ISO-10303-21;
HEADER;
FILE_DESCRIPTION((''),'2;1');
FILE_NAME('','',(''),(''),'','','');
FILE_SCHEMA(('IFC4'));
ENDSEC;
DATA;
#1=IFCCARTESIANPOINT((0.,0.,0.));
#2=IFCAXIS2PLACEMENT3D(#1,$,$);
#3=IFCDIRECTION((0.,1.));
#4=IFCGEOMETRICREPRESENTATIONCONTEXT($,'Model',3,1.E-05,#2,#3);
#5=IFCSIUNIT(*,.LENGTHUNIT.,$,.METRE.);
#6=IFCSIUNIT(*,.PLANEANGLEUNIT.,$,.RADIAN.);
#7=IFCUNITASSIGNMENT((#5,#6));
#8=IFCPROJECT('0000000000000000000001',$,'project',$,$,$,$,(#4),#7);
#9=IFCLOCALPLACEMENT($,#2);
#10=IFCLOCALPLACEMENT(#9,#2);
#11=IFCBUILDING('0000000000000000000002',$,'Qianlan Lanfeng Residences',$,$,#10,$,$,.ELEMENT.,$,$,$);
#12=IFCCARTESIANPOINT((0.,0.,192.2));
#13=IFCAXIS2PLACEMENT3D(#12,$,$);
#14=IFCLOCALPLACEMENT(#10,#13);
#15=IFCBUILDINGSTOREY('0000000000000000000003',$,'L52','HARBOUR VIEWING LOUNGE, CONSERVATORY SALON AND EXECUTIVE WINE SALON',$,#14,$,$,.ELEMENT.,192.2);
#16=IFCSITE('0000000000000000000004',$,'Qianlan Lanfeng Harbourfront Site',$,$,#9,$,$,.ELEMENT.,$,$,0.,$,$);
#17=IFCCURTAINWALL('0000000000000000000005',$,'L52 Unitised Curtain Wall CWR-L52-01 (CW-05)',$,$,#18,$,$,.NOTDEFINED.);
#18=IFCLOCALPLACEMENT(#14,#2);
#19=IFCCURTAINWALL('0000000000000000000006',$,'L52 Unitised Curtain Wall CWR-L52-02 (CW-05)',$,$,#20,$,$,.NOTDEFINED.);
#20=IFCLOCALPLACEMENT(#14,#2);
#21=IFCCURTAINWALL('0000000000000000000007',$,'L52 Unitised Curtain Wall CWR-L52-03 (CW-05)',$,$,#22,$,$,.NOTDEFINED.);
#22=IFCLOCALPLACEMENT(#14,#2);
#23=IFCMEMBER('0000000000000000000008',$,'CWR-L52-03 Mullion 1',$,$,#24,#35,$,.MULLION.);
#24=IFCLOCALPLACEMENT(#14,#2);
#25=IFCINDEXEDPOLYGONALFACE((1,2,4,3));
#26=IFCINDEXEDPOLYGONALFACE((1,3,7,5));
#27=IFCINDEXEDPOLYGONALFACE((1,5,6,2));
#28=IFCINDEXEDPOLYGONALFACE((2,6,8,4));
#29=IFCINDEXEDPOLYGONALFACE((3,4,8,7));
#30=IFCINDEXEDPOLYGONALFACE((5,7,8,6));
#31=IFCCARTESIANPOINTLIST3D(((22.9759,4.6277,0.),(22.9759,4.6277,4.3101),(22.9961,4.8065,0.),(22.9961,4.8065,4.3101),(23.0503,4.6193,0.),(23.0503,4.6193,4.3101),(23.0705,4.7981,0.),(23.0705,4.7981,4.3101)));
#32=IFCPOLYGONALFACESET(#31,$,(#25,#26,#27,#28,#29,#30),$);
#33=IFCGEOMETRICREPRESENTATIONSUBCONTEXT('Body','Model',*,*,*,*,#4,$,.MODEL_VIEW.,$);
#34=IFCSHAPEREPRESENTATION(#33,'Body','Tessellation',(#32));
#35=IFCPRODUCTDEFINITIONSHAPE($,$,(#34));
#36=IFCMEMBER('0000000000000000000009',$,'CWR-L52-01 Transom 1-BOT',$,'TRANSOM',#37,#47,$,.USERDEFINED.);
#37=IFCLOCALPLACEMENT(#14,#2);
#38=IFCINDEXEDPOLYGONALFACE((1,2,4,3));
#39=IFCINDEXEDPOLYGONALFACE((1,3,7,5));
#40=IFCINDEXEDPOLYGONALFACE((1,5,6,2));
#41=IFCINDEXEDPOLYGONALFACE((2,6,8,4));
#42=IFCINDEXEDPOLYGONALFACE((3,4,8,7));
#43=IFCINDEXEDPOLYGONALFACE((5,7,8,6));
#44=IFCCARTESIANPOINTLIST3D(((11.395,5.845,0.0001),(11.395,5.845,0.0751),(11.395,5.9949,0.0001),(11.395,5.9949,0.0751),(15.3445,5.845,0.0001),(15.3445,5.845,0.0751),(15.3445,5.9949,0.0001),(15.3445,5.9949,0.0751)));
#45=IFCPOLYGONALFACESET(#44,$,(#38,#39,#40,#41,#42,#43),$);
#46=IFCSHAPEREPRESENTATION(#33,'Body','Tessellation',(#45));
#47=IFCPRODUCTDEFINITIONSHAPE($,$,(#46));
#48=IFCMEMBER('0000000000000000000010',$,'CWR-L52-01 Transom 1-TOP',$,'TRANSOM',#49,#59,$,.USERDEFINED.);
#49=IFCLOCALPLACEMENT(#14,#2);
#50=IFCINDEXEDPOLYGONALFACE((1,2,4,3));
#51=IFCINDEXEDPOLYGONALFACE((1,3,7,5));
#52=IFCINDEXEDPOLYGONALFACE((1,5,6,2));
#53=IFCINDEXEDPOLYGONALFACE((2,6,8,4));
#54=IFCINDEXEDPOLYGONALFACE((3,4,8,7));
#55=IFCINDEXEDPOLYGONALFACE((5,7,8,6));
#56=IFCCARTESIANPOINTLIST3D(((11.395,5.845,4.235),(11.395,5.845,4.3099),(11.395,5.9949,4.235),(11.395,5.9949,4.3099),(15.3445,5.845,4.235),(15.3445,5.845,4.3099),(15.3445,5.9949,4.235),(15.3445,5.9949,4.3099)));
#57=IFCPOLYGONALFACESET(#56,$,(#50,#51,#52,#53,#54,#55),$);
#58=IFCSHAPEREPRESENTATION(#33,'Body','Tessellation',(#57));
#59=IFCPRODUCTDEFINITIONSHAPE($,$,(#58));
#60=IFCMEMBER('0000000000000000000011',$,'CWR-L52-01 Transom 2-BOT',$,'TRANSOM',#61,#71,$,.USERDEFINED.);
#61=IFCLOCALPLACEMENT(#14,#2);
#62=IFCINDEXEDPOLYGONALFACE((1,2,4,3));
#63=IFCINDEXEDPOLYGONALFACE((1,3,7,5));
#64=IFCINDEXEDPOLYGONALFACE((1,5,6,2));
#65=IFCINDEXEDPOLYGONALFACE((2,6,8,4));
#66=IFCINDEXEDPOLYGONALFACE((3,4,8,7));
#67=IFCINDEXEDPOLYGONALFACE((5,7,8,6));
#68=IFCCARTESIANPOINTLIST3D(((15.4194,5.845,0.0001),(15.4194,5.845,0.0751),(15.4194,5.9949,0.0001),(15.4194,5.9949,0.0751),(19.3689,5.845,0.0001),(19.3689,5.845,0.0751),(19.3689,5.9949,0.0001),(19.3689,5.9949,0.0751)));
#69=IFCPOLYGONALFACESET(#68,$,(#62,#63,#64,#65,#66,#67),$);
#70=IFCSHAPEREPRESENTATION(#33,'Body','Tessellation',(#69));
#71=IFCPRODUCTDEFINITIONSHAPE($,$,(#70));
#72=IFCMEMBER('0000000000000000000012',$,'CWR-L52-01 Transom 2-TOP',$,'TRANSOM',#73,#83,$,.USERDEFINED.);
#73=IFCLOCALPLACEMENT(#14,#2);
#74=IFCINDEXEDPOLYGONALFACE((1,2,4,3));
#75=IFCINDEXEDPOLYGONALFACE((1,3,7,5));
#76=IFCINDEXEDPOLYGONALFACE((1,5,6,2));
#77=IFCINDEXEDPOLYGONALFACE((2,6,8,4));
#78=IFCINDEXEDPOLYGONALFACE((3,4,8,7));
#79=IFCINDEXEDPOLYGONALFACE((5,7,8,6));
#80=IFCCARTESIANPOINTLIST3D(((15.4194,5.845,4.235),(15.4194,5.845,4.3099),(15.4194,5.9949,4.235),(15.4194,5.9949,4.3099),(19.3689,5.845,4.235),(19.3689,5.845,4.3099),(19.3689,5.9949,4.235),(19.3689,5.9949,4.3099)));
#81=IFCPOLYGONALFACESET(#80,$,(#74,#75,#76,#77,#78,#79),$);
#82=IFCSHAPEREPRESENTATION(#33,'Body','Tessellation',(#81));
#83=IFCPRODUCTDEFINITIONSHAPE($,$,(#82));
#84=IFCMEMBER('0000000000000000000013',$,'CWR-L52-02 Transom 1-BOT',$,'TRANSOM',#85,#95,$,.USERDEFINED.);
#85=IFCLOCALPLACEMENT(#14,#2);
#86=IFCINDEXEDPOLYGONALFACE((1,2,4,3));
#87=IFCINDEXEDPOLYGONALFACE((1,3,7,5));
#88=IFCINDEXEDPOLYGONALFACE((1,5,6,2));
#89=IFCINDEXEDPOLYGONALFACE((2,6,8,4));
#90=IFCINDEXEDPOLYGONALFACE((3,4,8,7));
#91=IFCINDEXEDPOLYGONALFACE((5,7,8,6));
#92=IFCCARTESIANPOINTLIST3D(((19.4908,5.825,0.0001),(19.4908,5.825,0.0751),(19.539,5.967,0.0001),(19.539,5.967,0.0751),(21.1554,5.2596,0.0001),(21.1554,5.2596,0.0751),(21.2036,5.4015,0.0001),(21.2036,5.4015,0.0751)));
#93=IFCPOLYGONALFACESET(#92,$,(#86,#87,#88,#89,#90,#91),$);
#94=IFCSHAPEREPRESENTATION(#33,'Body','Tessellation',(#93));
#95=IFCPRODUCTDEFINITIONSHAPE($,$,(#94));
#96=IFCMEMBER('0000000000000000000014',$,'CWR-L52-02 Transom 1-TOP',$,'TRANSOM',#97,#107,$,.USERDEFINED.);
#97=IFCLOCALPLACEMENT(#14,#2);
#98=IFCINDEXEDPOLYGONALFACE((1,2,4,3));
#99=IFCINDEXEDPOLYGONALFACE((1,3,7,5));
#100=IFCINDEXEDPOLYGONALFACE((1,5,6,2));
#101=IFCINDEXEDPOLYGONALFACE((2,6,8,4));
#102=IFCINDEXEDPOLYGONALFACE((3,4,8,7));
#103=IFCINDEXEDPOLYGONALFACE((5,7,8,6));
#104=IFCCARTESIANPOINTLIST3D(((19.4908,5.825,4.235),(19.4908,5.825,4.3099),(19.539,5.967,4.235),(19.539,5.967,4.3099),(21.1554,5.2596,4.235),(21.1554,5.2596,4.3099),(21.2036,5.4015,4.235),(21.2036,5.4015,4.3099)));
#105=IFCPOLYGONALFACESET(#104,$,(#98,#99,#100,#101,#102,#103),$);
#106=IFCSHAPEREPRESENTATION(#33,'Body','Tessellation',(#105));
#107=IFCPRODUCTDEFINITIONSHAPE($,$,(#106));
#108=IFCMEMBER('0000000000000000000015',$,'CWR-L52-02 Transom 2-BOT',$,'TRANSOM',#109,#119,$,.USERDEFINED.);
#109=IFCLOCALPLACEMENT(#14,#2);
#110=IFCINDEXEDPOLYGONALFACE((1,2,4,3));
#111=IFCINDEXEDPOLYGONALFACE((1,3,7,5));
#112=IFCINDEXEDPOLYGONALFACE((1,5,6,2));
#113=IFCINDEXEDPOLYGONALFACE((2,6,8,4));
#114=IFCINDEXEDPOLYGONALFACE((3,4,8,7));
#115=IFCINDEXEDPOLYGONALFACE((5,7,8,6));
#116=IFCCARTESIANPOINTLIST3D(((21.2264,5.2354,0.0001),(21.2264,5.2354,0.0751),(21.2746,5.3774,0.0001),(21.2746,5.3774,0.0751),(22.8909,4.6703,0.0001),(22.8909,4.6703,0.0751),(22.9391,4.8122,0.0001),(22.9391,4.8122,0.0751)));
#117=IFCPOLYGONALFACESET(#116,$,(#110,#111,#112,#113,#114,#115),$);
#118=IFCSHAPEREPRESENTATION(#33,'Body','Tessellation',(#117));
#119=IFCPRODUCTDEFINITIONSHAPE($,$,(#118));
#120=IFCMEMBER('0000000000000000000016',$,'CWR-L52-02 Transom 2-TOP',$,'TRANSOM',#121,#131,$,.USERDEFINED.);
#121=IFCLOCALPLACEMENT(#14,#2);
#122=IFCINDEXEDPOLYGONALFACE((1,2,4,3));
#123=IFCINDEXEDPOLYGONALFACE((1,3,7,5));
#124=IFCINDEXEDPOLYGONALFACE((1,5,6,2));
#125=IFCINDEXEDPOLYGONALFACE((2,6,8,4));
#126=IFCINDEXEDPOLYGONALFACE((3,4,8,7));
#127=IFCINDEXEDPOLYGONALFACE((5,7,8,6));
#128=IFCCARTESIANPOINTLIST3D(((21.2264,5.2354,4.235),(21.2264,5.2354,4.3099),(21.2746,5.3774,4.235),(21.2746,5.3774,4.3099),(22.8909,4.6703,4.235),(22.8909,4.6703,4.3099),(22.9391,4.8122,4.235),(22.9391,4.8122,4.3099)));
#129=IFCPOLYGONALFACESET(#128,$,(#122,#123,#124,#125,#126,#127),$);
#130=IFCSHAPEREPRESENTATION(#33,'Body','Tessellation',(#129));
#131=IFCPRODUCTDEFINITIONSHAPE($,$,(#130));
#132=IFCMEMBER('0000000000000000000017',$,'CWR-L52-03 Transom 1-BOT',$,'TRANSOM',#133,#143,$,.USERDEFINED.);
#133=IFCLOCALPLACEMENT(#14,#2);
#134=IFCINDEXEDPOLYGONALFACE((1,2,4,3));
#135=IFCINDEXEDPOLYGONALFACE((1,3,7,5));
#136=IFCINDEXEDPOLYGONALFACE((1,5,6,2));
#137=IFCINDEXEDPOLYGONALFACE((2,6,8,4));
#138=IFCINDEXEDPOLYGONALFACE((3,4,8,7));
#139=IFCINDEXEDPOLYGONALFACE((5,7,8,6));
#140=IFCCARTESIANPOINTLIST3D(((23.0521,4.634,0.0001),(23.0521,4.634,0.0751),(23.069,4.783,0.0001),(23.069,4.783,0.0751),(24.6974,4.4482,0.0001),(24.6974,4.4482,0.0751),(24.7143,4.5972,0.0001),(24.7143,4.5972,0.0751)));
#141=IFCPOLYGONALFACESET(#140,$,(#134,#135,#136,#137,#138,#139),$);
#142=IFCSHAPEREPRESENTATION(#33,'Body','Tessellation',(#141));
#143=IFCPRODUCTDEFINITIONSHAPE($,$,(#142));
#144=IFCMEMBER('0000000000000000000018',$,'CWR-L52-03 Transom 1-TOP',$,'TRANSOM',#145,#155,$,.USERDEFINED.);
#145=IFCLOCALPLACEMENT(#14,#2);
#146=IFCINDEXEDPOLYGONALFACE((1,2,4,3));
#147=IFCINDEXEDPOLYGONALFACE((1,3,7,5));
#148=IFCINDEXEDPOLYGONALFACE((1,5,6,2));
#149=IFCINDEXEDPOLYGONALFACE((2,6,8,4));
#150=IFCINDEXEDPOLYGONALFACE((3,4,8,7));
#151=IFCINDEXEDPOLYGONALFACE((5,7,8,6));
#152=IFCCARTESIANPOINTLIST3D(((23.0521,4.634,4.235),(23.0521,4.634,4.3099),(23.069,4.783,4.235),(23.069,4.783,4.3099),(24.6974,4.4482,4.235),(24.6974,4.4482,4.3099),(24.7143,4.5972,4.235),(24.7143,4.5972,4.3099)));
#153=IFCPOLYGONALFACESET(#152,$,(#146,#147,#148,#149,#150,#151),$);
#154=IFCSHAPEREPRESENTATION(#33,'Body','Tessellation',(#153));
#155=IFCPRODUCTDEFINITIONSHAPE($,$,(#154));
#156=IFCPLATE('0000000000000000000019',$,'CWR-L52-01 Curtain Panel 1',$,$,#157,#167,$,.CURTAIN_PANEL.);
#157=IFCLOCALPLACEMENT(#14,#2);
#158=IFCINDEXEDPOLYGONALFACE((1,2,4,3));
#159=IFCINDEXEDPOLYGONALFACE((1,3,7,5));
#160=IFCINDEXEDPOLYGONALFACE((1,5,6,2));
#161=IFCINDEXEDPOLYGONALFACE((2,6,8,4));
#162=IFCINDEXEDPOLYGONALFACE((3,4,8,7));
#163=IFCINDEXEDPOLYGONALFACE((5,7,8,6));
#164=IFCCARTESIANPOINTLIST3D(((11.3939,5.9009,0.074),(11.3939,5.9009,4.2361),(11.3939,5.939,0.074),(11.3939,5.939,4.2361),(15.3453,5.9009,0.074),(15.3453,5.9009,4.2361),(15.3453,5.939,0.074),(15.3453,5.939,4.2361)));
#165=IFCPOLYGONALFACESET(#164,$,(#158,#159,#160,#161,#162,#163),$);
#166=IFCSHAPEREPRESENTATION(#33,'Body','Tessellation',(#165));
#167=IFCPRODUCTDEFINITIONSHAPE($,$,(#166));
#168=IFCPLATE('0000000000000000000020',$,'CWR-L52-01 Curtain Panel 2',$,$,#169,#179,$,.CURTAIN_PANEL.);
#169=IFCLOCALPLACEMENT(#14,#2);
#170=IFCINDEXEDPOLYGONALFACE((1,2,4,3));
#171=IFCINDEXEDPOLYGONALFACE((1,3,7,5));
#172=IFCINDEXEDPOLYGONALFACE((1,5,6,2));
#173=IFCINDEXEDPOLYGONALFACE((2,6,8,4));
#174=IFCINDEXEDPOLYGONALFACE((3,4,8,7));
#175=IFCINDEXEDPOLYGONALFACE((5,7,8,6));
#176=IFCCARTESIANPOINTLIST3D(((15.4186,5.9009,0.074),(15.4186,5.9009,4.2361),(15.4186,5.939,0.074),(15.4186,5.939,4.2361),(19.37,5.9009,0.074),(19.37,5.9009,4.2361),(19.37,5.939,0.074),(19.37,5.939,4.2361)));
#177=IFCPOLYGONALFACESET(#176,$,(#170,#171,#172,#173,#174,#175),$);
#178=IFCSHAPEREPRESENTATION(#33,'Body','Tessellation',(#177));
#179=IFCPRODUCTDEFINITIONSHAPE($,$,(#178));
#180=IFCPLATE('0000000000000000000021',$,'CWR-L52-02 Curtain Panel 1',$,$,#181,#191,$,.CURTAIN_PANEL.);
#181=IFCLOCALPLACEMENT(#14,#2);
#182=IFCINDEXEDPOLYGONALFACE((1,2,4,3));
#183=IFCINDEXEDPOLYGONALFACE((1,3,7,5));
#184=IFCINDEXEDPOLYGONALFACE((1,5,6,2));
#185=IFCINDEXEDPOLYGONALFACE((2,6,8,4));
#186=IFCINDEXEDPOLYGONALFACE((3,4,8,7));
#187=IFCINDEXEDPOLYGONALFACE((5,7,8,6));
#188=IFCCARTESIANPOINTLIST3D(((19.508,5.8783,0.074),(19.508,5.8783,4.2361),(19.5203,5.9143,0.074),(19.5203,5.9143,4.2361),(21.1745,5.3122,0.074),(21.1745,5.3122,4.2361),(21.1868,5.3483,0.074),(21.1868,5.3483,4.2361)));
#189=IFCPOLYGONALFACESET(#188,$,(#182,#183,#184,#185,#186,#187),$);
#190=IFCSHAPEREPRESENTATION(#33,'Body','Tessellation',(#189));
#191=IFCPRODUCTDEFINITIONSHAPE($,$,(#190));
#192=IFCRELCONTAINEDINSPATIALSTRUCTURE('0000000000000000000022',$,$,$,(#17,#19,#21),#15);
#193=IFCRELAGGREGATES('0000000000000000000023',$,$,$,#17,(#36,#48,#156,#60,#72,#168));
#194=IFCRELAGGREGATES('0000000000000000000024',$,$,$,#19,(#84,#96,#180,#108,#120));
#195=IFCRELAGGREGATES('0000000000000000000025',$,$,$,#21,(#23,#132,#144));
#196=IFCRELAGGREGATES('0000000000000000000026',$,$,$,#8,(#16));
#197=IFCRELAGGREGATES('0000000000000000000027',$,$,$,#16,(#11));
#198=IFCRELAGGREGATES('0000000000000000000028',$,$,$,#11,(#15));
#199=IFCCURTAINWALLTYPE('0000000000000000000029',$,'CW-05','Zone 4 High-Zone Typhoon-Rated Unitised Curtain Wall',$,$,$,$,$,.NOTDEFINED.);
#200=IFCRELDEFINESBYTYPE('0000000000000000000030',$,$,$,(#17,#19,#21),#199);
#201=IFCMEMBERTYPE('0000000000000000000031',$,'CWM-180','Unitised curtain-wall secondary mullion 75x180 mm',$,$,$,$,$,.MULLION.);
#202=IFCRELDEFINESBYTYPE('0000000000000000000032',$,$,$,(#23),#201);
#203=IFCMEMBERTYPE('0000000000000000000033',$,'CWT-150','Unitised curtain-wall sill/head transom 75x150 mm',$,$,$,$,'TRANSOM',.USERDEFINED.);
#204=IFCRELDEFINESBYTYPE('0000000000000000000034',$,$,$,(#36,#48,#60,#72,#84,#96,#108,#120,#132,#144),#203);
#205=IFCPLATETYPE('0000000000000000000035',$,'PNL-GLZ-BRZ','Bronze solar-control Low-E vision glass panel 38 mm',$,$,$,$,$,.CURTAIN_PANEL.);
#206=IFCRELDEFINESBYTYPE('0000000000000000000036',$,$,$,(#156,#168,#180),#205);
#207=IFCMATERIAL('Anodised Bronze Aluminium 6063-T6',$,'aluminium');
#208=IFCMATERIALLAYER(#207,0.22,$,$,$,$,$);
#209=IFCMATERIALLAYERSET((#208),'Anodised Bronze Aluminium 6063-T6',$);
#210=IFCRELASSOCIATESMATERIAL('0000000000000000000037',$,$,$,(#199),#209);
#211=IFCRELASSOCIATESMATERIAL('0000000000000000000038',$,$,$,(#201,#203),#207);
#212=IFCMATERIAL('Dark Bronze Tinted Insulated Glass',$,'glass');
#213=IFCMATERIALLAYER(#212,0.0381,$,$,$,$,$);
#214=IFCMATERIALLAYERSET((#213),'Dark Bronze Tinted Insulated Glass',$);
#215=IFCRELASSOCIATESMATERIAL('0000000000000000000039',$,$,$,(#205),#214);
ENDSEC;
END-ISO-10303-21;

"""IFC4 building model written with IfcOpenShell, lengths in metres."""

from ifc_helpers import new_model, si_unit, direction, frame, origin, origin_2d, place, context, subcontext, project, spatial, rectangle, extrude, source, transform, mapped, material, layer, layer_set, material_profile, profile_set, type_object, element, aggregate, save


model = new_model("IFC4")

# Units and contexts
model_context = context("Model", 3, precision=1e-05, world=origin(), true_north=direction((0.0, 1.0)))
body_context = subcontext(model_context, "Body", "Model", "MODEL_VIEW")
ifc_project = project(units=[si_unit("LENGTHUNIT", "METRE"), si_unit("PLANEANGLEUNIT", "RADIAN")], contexts=[model_context])

# Site, building, storey
site_placement = place(None, origin())
site = spatial("IfcSite", under=ifc_project, at=site_placement, Name="Qianlan Lanfeng Harbourfront Site", CompositionType="ELEMENT", RefElevation=0.0)
building_placement = place(site_placement, origin())
building = spatial("IfcBuilding", under=site, at=building_placement, Name="Qianlan Lanfeng Residences", CompositionType="ELEMENT")
storey_placement = place(building_placement, frame((0.0, 0.0, 192.2)))
storey = spatial("IfcBuildingStorey", under=building, at=storey_placement, Name="L52", Description="HARBOUR VIEWING LOUNGE, CONSERVATORY SALON AND EXECUTIVE WINE SALON", CompositionType="ELEMENT", Elevation=192.2)

# Curtain walls
ifc_material_1 = material(Name="Anodised Bronze Aluminium 6063-T6", Category="aluminium")
ifc_layer_1 = layer(ifc_material_1, 0.22)
ifc_layer_set_1 = layer_set([ifc_layer_1], Name="Anodised Bronze Aluminium 6063-T6")
curtain_wall_type = type_object("IfcCurtainWallType", Name="CW-05", Description="Zone 4 High-Zone Typhoon-Rated Unitised Curtain Wall", PredefinedType="NOTDEFINED", material=ifc_layer_set_1)
curtain_wall_1_placement = place(storey_placement, origin())
curtain_wall_1 = element("IfcCurtainWall", 1, at=curtain_wall_1_placement, inside=storey, type_object=curtain_wall_type, Name="L52 Unitised Curtain Wall CWR-L52-01 (CW-05)", PredefinedType="NOTDEFINED")
ifc_material_profile_1 = material_profile(ifc_material_1, rectangle(XDim=0.075, YDim=0.1799, at=origin_2d()), Name="ALU MULLION 75x180")
ifc_profile_set_1 = profile_set([ifc_material_profile_1], Name="Anodised Bronze Aluminium 6063-T6")
member_type_1 = type_object("IfcMemberType", Name="CWM-180", Description="Unitised curtain-wall secondary mullion 75x180 mm", PredefinedType="MULLION", material=ifc_profile_set_1)
shared_shape_1 = source(origin(), body_context, "Body", "SweptSolid", [
    extrude(rectangle(XDim=0.075, YDim=0.1799, at=origin_2d()), origin(), (0.0, 0.0, 1.0), 4.3101),
])
curtain_wall_2_placement = place(storey_placement, origin())
curtain_wall_2 = element("IfcCurtainWall", 2, at=curtain_wall_2_placement, inside=storey, type_object=curtain_wall_type, Name="L52 Unitised Curtain Wall CWR-L52-02 (CW-05)", PredefinedType="NOTDEFINED")

# Curtain wall, member
curtain_wall_3_placement = place(storey_placement, origin())
curtain_wall_3 = element("IfcCurtainWall", 3, at=curtain_wall_3_placement, inside=storey, type_object=curtain_wall_type, Name="L52 Unitised Curtain Wall CWR-L52-03 (CW-05)", PredefinedType="NOTDEFINED")
member_1_placement = place(storey_placement, frame((23.0232, 4.7129, 0.0), z_axis=(0.0, 0.0, 1.0), x_axis=(0.993678, -0.112263, 0.0)))
member_1 = element("IfcMember", 4, at=member_1_placement, type_object=member_type_1, Name="CWR-L52-03 Mullion 1", PredefinedType="MULLION", context=body_context, shape_type="MappedRepresentation", body=[
    mapped(shared_shape_1, transform((0.0, 0.0, 0.0), scale=1.0)),
])

# Members
ifc_material_profile_2 = material_profile(ifc_material_1, rectangle(XDim=0.075, YDim=0.1499, at=origin_2d()), Name="ALU TRANSOM 75x150")
ifc_profile_set_2 = profile_set([ifc_material_profile_2], Name="Anodised Bronze Aluminium 6063-T6")
member_type_2 = type_object("IfcMemberType", Name="CWT-150", Description="Unitised curtain-wall sill/head transom 75x150 mm", ElementType="TRANSOM", PredefinedType="USERDEFINED", material=ifc_profile_set_2)
shared_shape_2 = source(origin(), body_context, "Body", "SweptSolid", [
    extrude(rectangle(XDim=0.075, YDim=0.1499, at=origin_2d()), origin(), (0.0, 0.0, 1.0), 3.9495),
])
member_2_placement = place(storey_placement, frame((11.395, 5.9199, 0.0376), z_axis=(1.0, 0.0, 0.0), x_axis=(0.0, 0.0, 1.0)))
member_2 = element("IfcMember", 5, at=member_2_placement, type_object=member_type_2, Name="CWR-L52-01 Transom 1-BOT", ObjectType="TRANSOM", PredefinedType="USERDEFINED", context=body_context, shape_type="MappedRepresentation", body=[
    mapped(shared_shape_2, transform((0.0, 0.0, 0.0), scale=1.0)),
])
member_3_placement = place(storey_placement, frame((11.395, 5.9199, 4.2725), z_axis=(1.0, 0.0, 0.0), x_axis=(0.0, 0.0, 1.0)))
member_3 = element("IfcMember", 6, at=member_3_placement, type_object=member_type_2, Name="CWR-L52-01 Transom 1-TOP", ObjectType="TRANSOM", PredefinedType="USERDEFINED", context=body_context, shape_type="MappedRepresentation", body=[
    mapped(shared_shape_2, transform((0.0, 0.0, 0.0), scale=1.0)),
])
member_4_placement = place(storey_placement, frame((15.4194, 5.9199, 0.0376), z_axis=(1.0, 0.0, 0.0), x_axis=(0.0, 0.0, 1.0)))
member_4 = element("IfcMember", 7, at=member_4_placement, type_object=member_type_2, Name="CWR-L52-01 Transom 2-BOT", ObjectType="TRANSOM", PredefinedType="USERDEFINED", context=body_context, shape_type="MappedRepresentation", body=[
    mapped(shared_shape_2, transform((0.0, 0.0, 0.0), scale=1.0)),
])
member_5_placement = place(storey_placement, frame((15.4194, 5.9199, 4.2725), z_axis=(1.0, 0.0, 0.0), x_axis=(0.0, 0.0, 1.0)))
member_5 = element("IfcMember", 8, at=member_5_placement, type_object=member_type_2, Name="CWR-L52-01 Transom 2-TOP", ObjectType="TRANSOM", PredefinedType="USERDEFINED", context=body_context, shape_type="MappedRepresentation", body=[
    mapped(shared_shape_2, transform((0.0, 0.0, 0.0), scale=1.0)),
])
shared_shape_3 = source(origin(), body_context, "Body", "SweptSolid", [
    extrude(rectangle(XDim=0.075, YDim=0.1499, at=origin_2d()), origin(), (0.0, 0.0, 1.0), 1.7581),
])
member_6_placement = place(storey_placement, frame((19.5149, 5.896, 0.0376), z_axis=(0.946862, -0.321639, 0.0), x_axis=(0.0, 0.0, 1.0)))
member_6 = element("IfcMember", 9, at=member_6_placement, type_object=member_type_2, Name="CWR-L52-02 Transom 1-BOT", ObjectType="TRANSOM", PredefinedType="USERDEFINED", context=body_context, shape_type="MappedRepresentation", body=[
    mapped(shared_shape_3, transform((0.0, 0.0, 0.0), scale=1.0)),
])
member_7_placement = place(storey_placement, frame((19.5149, 5.896, 4.2725), z_axis=(0.946862, -0.321639, 0.0), x_axis=(0.0, 0.0, 1.0)))
member_7 = element("IfcMember", 10, at=member_7_placement, type_object=member_type_2, Name="CWR-L52-02 Transom 1-TOP", ObjectType="TRANSOM", PredefinedType="USERDEFINED", context=body_context, shape_type="MappedRepresentation", body=[
    mapped(shared_shape_3, transform((0.0, 0.0, 0.0), scale=1.0)),
])
shared_shape_4 = source(origin(), body_context, "Body", "SweptSolid", [
    extrude(rectangle(XDim=0.075, YDim=0.1499, at=origin_2d()), origin(), (0.0, 0.0, 1.0), 1.7578),
])
member_8_placement = place(storey_placement, frame((21.2505, 5.3064, 0.0376), z_axis=(0.946905, -0.321514, 0.0), x_axis=(0.0, 0.0, 1.0)))
member_8 = element("IfcMember", 11, at=member_8_placement, type_object=member_type_2, Name="CWR-L52-02 Transom 2-BOT", ObjectType="TRANSOM", PredefinedType="USERDEFINED", context=body_context, shape_type="MappedRepresentation", body=[
    mapped(shared_shape_4, transform((0.0, 0.0, 0.0), scale=1.0)),
])
member_9_placement = place(storey_placement, frame((21.2505, 5.3064, 4.2725), z_axis=(0.946905, -0.321514, 0.0), x_axis=(0.0, 0.0, 1.0)))
member_9 = element("IfcMember", 12, at=member_9_placement, type_object=member_type_2, Name="CWR-L52-02 Transom 2-TOP", ObjectType="TRANSOM", PredefinedType="USERDEFINED", context=body_context, shape_type="MappedRepresentation", body=[
    mapped(shared_shape_4, transform((0.0, 0.0, 0.0), scale=1.0)),
])
shared_shape_5 = source(origin(), body_context, "Body", "SweptSolid", [
    extrude(rectangle(XDim=0.075, YDim=0.1499, at=origin_2d()), origin(), (0.0, 0.0, 1.0), 1.6558),
])
member_10_placement = place(storey_placement, frame((23.0605, 4.7085, 0.0376), z_axis=(0.993684, -0.112212, 0.0), x_axis=(0.0, 0.0, 1.0)))
member_10 = element("IfcMember", 13, at=member_10_placement, type_object=member_type_2, Name="CWR-L52-03 Transom 1-BOT", ObjectType="TRANSOM", PredefinedType="USERDEFINED", context=body_context, shape_type="MappedRepresentation", body=[
    mapped(shared_shape_5, transform((0.0, 0.0, 0.0), scale=1.0)),
])
member_11_placement = place(storey_placement, frame((23.0605, 4.7085, 4.2725), z_axis=(0.993684, -0.112212, 0.0), x_axis=(0.0, 0.0, 1.0)))
member_11 = element("IfcMember", 14, at=member_11_placement, type_object=member_type_2, Name="CWR-L52-03 Transom 1-TOP", ObjectType="TRANSOM", PredefinedType="USERDEFINED", context=body_context, shape_type="MappedRepresentation", body=[
    mapped(shared_shape_5, transform((0.0, 0.0, 0.0), scale=1.0)),
])

# Plates
ifc_material_2 = material(Name="Dark Bronze Tinted Insulated Glass", Category="glass")
ifc_layer_2 = layer(ifc_material_2, 0.0381)
ifc_layer_set_2 = layer_set([ifc_layer_2], Name="Dark Bronze Tinted Insulated Glass")
plate_type_1 = type_object("IfcPlateType", Name="PNL-GLZ-BRZ", Description="Bronze solar-control Low-E vision glass panel 38 mm", PredefinedType="CURTAIN_PANEL", material=ifc_layer_set_2)
shared_shape_6 = source(origin(), body_context, "Body", "SweptSolid", [
    extrude(rectangle(XDim=3.9514, YDim=0.0381, at=origin_2d()), origin(), (0.0, 0.0, 1.0), 4.1621),
])
plate_1_placement = place(storey_placement, frame((13.3696, 5.9199, 0.074), z_axis=(0.0, 0.0, 1.0), x_axis=(1.0, 0.0, 0.0)))
plate_1 = element("IfcPlate", 15, at=plate_1_placement, type_object=plate_type_1, Name="CWR-L52-01 Curtain Panel 1", PredefinedType="CURTAIN_PANEL", context=body_context, shape_type="MappedRepresentation", body=[
    mapped(shared_shape_6, transform((0.0, 0.0, 0.0), scale=1.0)),
])
plate_2_placement = place(storey_placement, frame((17.3943, 5.9199, 0.074), z_axis=(0.0, 0.0, 1.0), x_axis=(1.0, 0.0, 0.0)))
plate_2 = element("IfcPlate", 16, at=plate_2_placement, type_object=plate_type_1, Name="CWR-L52-01 Curtain Panel 2", PredefinedType="CURTAIN_PANEL", context=body_context, shape_type="MappedRepresentation", body=[
    mapped(shared_shape_6, transform((0.0, 0.0, 0.0), scale=1.0)),
])
aggregate(curtain_wall_1, [member_2, member_3, plate_1, member_4, member_5, plate_2])
shared_shape_7 = source(origin(), body_context, "Body", "SweptSolid", [
    extrude(rectangle(XDim=1.76, YDim=0.0381, at=origin_2d()), origin(), (0.0, 0.0, 1.0), 4.1621),
])
plate_3_placement = place(storey_placement, frame((20.3474, 5.6133, 0.074), z_axis=(0.0, 0.0, 1.0), x_axis=(0.946877, -0.321596, 0.0)))
plate_3 = element("IfcPlate", 17, at=plate_3_placement, type_object=plate_type_1, Name="CWR-L52-02 Curtain Panel 1", PredefinedType="CURTAIN_PANEL", context=body_context, shape_type="MappedRepresentation", body=[
    mapped(shared_shape_7, transform((0.0, 0.0, 0.0), scale=1.0)),
])
aggregate(curtain_wall_2, [member_6, member_7, plate_3, member_8, member_9])
aggregate(curtain_wall_3, [member_1, member_10, member_11])

save(model, "model.ifc")
